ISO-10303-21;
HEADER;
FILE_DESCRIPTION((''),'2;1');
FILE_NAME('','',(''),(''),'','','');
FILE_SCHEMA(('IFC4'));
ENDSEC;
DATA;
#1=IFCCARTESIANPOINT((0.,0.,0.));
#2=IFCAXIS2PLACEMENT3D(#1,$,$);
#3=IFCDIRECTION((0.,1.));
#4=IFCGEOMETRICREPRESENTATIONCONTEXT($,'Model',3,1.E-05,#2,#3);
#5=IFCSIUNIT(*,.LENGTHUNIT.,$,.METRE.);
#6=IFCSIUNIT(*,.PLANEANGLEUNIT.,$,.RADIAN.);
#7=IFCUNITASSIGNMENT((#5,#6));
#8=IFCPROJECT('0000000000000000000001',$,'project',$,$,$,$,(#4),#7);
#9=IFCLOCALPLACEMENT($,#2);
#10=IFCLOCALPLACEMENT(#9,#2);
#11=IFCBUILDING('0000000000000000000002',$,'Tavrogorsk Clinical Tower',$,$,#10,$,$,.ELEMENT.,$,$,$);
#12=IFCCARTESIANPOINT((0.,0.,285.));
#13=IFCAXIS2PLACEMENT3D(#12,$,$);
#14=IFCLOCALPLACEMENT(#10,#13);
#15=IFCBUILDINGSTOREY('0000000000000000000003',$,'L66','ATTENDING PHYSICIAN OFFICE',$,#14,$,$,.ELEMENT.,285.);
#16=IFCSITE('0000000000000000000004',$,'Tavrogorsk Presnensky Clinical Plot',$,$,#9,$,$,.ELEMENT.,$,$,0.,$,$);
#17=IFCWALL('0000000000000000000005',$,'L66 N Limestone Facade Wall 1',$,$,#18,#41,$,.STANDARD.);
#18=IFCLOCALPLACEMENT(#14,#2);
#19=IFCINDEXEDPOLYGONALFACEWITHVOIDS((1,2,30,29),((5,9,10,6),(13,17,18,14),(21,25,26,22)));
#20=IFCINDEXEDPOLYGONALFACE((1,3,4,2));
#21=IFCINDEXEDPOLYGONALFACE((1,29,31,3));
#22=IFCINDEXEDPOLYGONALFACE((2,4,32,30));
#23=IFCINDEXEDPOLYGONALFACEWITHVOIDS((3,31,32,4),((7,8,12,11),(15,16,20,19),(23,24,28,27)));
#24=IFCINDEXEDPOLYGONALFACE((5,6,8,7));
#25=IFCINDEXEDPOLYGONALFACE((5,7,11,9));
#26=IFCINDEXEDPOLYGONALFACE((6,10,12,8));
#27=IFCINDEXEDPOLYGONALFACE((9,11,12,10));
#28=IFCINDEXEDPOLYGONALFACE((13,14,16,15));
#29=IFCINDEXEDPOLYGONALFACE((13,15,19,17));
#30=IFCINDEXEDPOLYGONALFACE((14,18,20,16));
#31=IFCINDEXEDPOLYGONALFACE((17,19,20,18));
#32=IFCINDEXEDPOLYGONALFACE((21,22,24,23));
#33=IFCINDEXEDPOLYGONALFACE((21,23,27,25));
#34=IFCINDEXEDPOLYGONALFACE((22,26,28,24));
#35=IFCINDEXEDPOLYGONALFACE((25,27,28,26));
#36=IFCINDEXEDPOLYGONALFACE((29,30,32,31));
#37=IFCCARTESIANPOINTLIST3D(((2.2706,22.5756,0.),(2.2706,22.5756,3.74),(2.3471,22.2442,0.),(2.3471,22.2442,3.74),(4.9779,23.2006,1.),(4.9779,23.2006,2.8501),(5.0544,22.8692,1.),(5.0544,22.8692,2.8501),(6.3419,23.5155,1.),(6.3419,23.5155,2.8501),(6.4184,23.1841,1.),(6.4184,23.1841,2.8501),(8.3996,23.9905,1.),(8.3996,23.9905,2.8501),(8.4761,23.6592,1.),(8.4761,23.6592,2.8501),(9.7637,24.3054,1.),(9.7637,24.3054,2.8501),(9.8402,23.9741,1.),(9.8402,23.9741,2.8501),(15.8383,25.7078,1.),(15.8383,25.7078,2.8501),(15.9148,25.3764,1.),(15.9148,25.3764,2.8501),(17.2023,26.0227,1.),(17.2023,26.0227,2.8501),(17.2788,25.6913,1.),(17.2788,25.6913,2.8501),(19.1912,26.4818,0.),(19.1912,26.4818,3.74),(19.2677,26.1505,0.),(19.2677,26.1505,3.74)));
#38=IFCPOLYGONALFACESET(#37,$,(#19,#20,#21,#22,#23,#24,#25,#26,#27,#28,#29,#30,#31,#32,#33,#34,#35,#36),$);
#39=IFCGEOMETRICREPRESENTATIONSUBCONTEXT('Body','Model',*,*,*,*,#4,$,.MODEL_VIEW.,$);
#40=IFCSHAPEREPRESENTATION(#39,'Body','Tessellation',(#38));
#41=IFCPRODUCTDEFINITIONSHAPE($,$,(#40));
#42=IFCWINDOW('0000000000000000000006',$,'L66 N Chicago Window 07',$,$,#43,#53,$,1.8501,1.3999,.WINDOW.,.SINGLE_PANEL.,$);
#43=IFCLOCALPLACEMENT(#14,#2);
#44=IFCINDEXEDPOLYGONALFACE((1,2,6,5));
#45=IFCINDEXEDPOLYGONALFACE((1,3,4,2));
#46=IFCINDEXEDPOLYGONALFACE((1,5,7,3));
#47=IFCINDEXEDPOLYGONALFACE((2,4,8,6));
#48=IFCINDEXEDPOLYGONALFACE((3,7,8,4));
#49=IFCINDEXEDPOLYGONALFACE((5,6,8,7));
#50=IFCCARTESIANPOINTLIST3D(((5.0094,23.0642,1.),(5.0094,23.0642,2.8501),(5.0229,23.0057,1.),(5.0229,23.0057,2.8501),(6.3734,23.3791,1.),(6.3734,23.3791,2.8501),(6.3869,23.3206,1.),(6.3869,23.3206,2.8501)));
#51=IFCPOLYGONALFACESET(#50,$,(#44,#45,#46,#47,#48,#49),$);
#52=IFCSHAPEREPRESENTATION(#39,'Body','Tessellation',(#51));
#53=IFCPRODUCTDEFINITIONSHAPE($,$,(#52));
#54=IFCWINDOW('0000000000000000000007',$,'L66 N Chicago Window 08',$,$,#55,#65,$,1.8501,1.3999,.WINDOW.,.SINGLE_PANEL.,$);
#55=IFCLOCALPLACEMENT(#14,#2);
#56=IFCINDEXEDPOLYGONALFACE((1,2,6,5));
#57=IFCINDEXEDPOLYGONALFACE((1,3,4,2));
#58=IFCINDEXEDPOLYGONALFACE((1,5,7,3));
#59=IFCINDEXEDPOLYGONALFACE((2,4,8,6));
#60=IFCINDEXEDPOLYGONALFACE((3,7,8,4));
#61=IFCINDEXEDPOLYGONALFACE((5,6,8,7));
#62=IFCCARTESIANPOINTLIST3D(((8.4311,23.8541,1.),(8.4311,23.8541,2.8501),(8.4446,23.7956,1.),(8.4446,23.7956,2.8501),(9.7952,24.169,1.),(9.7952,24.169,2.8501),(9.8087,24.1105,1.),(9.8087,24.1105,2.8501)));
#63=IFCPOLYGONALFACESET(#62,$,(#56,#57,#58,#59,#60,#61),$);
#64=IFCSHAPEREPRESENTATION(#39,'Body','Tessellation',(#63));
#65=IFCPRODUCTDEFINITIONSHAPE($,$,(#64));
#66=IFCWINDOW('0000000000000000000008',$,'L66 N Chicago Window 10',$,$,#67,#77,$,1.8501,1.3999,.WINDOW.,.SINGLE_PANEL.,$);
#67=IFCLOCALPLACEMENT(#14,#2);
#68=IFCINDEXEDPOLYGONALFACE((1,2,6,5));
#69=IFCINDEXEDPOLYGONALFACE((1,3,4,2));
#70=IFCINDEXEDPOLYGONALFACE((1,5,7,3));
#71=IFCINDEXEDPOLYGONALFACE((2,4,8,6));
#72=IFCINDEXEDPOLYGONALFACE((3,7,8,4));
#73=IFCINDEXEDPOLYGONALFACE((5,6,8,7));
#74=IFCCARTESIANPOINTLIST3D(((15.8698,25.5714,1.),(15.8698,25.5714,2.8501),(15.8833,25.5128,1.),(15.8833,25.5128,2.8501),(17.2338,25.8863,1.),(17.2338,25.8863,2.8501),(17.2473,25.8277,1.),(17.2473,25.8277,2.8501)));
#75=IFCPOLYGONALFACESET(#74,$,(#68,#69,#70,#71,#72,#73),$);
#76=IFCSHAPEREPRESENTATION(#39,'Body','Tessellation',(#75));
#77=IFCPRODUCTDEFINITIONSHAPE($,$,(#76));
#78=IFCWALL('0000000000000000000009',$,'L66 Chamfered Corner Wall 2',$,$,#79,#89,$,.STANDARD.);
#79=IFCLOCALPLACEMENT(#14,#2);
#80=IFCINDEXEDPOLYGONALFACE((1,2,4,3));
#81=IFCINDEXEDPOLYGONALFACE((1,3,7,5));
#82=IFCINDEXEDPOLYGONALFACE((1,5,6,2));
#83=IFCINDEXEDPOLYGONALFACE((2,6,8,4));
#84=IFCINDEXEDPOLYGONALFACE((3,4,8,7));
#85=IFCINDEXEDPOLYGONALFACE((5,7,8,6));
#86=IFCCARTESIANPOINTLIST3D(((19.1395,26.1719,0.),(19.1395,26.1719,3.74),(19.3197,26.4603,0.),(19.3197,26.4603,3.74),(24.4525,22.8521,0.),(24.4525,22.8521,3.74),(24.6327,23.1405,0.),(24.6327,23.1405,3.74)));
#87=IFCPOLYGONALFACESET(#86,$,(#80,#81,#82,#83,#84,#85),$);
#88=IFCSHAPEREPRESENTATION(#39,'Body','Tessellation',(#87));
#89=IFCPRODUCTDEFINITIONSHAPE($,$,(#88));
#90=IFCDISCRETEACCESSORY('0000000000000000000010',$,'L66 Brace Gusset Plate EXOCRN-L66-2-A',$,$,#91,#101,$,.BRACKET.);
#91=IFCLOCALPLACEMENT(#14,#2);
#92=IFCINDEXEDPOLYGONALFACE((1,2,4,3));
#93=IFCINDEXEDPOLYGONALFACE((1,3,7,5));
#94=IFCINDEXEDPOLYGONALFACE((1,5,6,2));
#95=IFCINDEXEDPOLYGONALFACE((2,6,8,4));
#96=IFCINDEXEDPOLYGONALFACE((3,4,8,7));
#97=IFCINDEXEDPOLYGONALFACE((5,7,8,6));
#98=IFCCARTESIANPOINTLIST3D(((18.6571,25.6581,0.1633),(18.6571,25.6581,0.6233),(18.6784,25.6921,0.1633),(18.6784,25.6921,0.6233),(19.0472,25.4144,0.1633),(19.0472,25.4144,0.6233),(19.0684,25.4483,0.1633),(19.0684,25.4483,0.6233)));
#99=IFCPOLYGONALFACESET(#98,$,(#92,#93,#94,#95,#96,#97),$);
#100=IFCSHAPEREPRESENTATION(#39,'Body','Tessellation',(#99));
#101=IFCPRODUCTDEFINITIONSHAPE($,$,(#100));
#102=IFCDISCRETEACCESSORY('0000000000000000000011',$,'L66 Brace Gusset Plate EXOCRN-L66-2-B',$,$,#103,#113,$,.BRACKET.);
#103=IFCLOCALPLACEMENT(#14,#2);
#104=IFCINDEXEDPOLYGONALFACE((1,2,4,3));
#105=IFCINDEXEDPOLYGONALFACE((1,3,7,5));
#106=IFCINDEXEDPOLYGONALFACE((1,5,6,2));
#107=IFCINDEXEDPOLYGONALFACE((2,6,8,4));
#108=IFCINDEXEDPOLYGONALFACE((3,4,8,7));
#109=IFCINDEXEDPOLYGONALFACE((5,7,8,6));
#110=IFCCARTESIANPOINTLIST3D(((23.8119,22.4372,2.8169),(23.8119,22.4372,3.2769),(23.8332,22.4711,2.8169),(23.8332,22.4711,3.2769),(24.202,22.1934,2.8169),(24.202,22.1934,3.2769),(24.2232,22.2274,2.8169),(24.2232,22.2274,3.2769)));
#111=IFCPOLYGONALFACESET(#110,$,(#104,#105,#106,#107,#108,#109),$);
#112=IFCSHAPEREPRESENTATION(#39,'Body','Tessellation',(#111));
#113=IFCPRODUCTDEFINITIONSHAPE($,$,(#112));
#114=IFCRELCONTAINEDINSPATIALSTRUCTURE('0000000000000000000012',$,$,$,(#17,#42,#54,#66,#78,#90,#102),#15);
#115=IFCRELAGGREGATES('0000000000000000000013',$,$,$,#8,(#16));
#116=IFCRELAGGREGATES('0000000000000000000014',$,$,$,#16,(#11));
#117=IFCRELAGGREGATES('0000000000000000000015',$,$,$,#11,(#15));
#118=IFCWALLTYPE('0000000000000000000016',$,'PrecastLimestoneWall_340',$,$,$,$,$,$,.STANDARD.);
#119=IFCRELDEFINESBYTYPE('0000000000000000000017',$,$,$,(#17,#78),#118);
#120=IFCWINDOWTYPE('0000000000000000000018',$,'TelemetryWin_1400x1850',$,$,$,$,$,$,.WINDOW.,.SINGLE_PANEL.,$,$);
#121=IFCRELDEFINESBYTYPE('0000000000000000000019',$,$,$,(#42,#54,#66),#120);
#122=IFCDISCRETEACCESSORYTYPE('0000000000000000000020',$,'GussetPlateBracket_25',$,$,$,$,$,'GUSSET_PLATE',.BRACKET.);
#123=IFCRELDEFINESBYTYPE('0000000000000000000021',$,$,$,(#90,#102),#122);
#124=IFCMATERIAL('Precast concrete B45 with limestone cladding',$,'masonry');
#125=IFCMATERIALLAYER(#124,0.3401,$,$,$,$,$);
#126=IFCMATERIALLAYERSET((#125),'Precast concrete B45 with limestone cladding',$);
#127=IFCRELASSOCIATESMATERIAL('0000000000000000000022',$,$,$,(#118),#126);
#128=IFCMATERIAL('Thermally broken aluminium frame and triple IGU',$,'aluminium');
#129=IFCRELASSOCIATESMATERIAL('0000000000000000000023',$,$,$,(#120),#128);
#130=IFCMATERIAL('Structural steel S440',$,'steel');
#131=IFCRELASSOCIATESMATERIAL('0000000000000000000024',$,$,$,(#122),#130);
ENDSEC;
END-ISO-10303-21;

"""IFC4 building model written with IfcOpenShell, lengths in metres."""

from ifc_helpers import new_model, si_unit, direction, frame, frame_2d, origin, origin_2d, place, context, subcontext, project, spatial, rectangle, extrude, material, layer, layer_set, type_object, element, fill, save


model = new_model("IFC4")

# Units and contexts
model_context = context("Model", 3, precision=1e-05, world=origin(), true_north=direction((0.0, 1.0)))
body_context = subcontext(model_context, "Body", "Model", "MODEL_VIEW")
ifc_project = project(units=[si_unit("LENGTHUNIT", "METRE"), si_unit("PLANEANGLEUNIT", "RADIAN")], contexts=[model_context])

# Site, building, storey
site_placement = place(None, origin())
site = spatial("IfcSite", under=ifc_project, at=site_placement, Name="Tavrogorsk Presnensky Clinical Plot", CompositionType="ELEMENT", RefElevation=0.0)
building_placement = place(site_placement, origin())
building = spatial("IfcBuilding", under=site, at=building_placement, Name="Tavrogorsk Clinical Tower", CompositionType="ELEMENT")
storey_placement = place(building_placement, frame((0.0, 0.0, 285.0)))
storey = spatial("IfcBuildingStorey", under=building, at=storey_placement, Name="L66", Description="ATTENDING PHYSICIAN OFFICE", CompositionType="ELEMENT", Elevation=285.0)

# Wall, openings, windows
ifc_material_1 = material(Name="Precast concrete B45 with limestone cladding", Category="masonry")
ifc_layer_1 = layer(ifc_material_1, 0.3401)
ifc_layer_set_1 = layer_set([ifc_layer_1], Name="Precast concrete B45 with limestone cladding")
wall_type_1 = type_object("IfcWallType", Name="PrecastLimestoneWall_340", PredefinedType="STANDARD", material=ifc_layer_set_1)
wall_1_placement = place(storey_placement, frame((19.2295, 26.3162, 0.0), z_axis=(0.0, 0.0, 1.0), x_axis=(-0.974372, -0.224941, 0.0)))
wall_1 = element("IfcWall", 1, at=wall_1_placement, inside=storey, type_object=wall_type_1, Name="L66 N Limestone Facade Wall 1", PredefinedType="STANDARD", context=body_context, shape_type="SweptSolid", body=[
    extrude(rectangle(XDim=17.3657, YDim=0.3401, at=frame_2d((8.6829, 0.0))), origin(), (0.0, 0.0, 1.0), 3.74),
])
opening_1_placement = place(wall_1_placement, frame((13.1873, 0.0, 1.0)))
opening_1 = element("IfcOpeningElement", 2, at=opening_1_placement, cuts=wall_1, PredefinedType="OPENING", context=body_context, shape_type="SweptSolid", body=[
    extrude(rectangle(XDim=1.3999, YDim=1.8501, at=frame_2d((0.7, 0.925))), frame((0.0, 0.1799, 0.0), z_axis=(0.0, -1.0, 0.0), x_axis=(1.0, 0.0, 0.0)), (0.0, 0.0, 1.0), 0.3601),
])
opening_2_placement = place(wall_1_placement, frame((9.6755, 0.0, 1.0)))
opening_2 = element("IfcOpeningElement", 3, at=opening_2_placement, cuts=wall_1, PredefinedType="OPENING", context=body_context, shape_type="SweptSolid", body=[
    extrude(rectangle(XDim=1.3999, YDim=1.8501, at=frame_2d((0.7, 0.925))), frame((0.0, 0.1799, 0.0), z_axis=(0.0, -1.0, 0.0), x_axis=(1.0, 0.0, 0.0)), (0.0, 0.0, 1.0), 0.3601),
])
opening_3_placement = place(wall_1_placement, frame((2.0413, 0.0, 1.0)))
opening_3 = element("IfcOpeningElement", 4, at=opening_3_placement, cuts=wall_1, PredefinedType="OPENING", context=body_context, shape_type="SweptSolid", body=[
    extrude(rectangle(XDim=1.3999, YDim=1.8501, at=frame_2d((0.7, 0.925))), frame((0.0, 0.1799, 0.0), z_axis=(0.0, -1.0, 0.0), x_axis=(1.0, 0.0, 0.0)), (0.0, 0.0, 1.0), 0.3601),
])
ifc_material_2 = material(Name="Thermally broken aluminium frame and triple IGU", Category="aluminium")
window_type = type_object("IfcWindowType", Name="TelemetryWin_1400x1850", PartitioningType="SINGLE_PANEL", PredefinedType="WINDOW", material=ifc_material_2)
window_1_placement = place(opening_1_placement, origin())
window_1 = element("IfcWindow", 5, at=window_1_placement, inside=storey, type_object=window_type, Name="L66 N Chicago Window 07", OverallHeight=1.8501, OverallWidth=1.3999, PartitioningType="SINGLE_PANEL", PredefinedType="WINDOW", context=body_context, shape_type="SweptSolid", body=[
    extrude(rectangle(XDim=1.3999, YDim=1.8501, at=frame_2d((0.7, 0.925))), frame((0.0, 0.03, 0.0), z_axis=(0.0, -1.0, 0.0), x_axis=(1.0, 0.0, 0.0)), (0.0, 0.0, 1.0), 0.0601),
])
fill(opening_1, window_1)
window_2_placement = place(opening_2_placement, origin())
window_2 = element("IfcWindow", 6, at=window_2_placement, inside=storey, type_object=window_type, Name="L66 N Chicago Window 08", OverallHeight=1.8501, OverallWidth=1.3999, PartitioningType="SINGLE_PANEL", PredefinedType="WINDOW", context=body_context, shape_type="SweptSolid", body=[
    extrude(rectangle(XDim=1.3999, YDim=1.8501, at=frame_2d((0.7, 0.925))), frame((0.0, 0.03, 0.0), z_axis=(0.0, -1.0, 0.0), x_axis=(1.0, 0.0, 0.0)), (0.0, 0.0, 1.0), 0.0601),
])
fill(opening_2, window_2)
window_3_placement = place(opening_3_placement, origin())
window_3 = element("IfcWindow", 7, at=window_3_placement, inside=storey, type_object=window_type, Name="L66 N Chicago Window 10", OverallHeight=1.8501, OverallWidth=1.3999, PartitioningType="SINGLE_PANEL", PredefinedType="WINDOW", context=body_context, shape_type="SweptSolid", body=[
    extrude(rectangle(XDim=1.3999, YDim=1.8501, at=frame_2d((0.7, 0.925))), frame((0.0, 0.03, 0.0), z_axis=(0.0, -1.0, 0.0), x_axis=(1.0, 0.0, 0.0)), (0.0, 0.0, 1.0), 0.0601),
])
fill(opening_3, window_3)

# Wall
wall_2_placement = place(storey_placement, frame((24.5425, 22.9963, 0.0), z_axis=(0.0, 0.0, 1.0), x_axis=(-0.848055, 0.529908, 0.0)))
element("IfcWall", 8, at=wall_2_placement, inside=storey, type_object=wall_type_1, Name="L66 Chamfered Corner Wall 2", PredefinedType="STANDARD", context=body_context, shape_type="SweptSolid", body=[
    extrude(rectangle(XDim=6.2649, YDim=0.3401, at=frame_2d((3.1323, 0.0))), origin(), (0.0, 0.0, 1.0), 3.74),
])

# Discrete accessories
ifc_material_3 = material(Name="Structural steel S440", Category="steel")
discrete_accessory_type = type_object("IfcDiscreteAccessoryType", Name="GussetPlateBracket_25", ElementType="GUSSET_PLATE", PredefinedType="BRACKET", material=ifc_material_3)
for number, where, z_axis, x_axis, name in (
    (9, (18.8628, 25.5532, 0.1633), (0.0, 0.0, 1.0), (0.848048, -0.529919, 0.0), "L66 Brace Gusset Plate EXOCRN-L66-2-A"),
    (10, (24.0176, 22.3323, 2.8169), (0.0, 0.0, 1.0), (0.848048, -0.529919, 0.0), "L66 Brace Gusset Plate EXOCRN-L66-2-B"),
):
    element("IfcDiscreteAccessory", number, at=place(storey_placement, frame(where, z_axis=z_axis, x_axis=x_axis)), inside=storey, type_object=discrete_accessory_type, Name=name, PredefinedType="BRACKET", context=body_context, shape_type="SweptSolid", body=[
        extrude(rectangle(XDim=0.46, YDim=0.04, at=origin_2d()), origin(), (0.0, 0.0, 1.0), 0.46),
    ])

save(model, "model.ifc")
